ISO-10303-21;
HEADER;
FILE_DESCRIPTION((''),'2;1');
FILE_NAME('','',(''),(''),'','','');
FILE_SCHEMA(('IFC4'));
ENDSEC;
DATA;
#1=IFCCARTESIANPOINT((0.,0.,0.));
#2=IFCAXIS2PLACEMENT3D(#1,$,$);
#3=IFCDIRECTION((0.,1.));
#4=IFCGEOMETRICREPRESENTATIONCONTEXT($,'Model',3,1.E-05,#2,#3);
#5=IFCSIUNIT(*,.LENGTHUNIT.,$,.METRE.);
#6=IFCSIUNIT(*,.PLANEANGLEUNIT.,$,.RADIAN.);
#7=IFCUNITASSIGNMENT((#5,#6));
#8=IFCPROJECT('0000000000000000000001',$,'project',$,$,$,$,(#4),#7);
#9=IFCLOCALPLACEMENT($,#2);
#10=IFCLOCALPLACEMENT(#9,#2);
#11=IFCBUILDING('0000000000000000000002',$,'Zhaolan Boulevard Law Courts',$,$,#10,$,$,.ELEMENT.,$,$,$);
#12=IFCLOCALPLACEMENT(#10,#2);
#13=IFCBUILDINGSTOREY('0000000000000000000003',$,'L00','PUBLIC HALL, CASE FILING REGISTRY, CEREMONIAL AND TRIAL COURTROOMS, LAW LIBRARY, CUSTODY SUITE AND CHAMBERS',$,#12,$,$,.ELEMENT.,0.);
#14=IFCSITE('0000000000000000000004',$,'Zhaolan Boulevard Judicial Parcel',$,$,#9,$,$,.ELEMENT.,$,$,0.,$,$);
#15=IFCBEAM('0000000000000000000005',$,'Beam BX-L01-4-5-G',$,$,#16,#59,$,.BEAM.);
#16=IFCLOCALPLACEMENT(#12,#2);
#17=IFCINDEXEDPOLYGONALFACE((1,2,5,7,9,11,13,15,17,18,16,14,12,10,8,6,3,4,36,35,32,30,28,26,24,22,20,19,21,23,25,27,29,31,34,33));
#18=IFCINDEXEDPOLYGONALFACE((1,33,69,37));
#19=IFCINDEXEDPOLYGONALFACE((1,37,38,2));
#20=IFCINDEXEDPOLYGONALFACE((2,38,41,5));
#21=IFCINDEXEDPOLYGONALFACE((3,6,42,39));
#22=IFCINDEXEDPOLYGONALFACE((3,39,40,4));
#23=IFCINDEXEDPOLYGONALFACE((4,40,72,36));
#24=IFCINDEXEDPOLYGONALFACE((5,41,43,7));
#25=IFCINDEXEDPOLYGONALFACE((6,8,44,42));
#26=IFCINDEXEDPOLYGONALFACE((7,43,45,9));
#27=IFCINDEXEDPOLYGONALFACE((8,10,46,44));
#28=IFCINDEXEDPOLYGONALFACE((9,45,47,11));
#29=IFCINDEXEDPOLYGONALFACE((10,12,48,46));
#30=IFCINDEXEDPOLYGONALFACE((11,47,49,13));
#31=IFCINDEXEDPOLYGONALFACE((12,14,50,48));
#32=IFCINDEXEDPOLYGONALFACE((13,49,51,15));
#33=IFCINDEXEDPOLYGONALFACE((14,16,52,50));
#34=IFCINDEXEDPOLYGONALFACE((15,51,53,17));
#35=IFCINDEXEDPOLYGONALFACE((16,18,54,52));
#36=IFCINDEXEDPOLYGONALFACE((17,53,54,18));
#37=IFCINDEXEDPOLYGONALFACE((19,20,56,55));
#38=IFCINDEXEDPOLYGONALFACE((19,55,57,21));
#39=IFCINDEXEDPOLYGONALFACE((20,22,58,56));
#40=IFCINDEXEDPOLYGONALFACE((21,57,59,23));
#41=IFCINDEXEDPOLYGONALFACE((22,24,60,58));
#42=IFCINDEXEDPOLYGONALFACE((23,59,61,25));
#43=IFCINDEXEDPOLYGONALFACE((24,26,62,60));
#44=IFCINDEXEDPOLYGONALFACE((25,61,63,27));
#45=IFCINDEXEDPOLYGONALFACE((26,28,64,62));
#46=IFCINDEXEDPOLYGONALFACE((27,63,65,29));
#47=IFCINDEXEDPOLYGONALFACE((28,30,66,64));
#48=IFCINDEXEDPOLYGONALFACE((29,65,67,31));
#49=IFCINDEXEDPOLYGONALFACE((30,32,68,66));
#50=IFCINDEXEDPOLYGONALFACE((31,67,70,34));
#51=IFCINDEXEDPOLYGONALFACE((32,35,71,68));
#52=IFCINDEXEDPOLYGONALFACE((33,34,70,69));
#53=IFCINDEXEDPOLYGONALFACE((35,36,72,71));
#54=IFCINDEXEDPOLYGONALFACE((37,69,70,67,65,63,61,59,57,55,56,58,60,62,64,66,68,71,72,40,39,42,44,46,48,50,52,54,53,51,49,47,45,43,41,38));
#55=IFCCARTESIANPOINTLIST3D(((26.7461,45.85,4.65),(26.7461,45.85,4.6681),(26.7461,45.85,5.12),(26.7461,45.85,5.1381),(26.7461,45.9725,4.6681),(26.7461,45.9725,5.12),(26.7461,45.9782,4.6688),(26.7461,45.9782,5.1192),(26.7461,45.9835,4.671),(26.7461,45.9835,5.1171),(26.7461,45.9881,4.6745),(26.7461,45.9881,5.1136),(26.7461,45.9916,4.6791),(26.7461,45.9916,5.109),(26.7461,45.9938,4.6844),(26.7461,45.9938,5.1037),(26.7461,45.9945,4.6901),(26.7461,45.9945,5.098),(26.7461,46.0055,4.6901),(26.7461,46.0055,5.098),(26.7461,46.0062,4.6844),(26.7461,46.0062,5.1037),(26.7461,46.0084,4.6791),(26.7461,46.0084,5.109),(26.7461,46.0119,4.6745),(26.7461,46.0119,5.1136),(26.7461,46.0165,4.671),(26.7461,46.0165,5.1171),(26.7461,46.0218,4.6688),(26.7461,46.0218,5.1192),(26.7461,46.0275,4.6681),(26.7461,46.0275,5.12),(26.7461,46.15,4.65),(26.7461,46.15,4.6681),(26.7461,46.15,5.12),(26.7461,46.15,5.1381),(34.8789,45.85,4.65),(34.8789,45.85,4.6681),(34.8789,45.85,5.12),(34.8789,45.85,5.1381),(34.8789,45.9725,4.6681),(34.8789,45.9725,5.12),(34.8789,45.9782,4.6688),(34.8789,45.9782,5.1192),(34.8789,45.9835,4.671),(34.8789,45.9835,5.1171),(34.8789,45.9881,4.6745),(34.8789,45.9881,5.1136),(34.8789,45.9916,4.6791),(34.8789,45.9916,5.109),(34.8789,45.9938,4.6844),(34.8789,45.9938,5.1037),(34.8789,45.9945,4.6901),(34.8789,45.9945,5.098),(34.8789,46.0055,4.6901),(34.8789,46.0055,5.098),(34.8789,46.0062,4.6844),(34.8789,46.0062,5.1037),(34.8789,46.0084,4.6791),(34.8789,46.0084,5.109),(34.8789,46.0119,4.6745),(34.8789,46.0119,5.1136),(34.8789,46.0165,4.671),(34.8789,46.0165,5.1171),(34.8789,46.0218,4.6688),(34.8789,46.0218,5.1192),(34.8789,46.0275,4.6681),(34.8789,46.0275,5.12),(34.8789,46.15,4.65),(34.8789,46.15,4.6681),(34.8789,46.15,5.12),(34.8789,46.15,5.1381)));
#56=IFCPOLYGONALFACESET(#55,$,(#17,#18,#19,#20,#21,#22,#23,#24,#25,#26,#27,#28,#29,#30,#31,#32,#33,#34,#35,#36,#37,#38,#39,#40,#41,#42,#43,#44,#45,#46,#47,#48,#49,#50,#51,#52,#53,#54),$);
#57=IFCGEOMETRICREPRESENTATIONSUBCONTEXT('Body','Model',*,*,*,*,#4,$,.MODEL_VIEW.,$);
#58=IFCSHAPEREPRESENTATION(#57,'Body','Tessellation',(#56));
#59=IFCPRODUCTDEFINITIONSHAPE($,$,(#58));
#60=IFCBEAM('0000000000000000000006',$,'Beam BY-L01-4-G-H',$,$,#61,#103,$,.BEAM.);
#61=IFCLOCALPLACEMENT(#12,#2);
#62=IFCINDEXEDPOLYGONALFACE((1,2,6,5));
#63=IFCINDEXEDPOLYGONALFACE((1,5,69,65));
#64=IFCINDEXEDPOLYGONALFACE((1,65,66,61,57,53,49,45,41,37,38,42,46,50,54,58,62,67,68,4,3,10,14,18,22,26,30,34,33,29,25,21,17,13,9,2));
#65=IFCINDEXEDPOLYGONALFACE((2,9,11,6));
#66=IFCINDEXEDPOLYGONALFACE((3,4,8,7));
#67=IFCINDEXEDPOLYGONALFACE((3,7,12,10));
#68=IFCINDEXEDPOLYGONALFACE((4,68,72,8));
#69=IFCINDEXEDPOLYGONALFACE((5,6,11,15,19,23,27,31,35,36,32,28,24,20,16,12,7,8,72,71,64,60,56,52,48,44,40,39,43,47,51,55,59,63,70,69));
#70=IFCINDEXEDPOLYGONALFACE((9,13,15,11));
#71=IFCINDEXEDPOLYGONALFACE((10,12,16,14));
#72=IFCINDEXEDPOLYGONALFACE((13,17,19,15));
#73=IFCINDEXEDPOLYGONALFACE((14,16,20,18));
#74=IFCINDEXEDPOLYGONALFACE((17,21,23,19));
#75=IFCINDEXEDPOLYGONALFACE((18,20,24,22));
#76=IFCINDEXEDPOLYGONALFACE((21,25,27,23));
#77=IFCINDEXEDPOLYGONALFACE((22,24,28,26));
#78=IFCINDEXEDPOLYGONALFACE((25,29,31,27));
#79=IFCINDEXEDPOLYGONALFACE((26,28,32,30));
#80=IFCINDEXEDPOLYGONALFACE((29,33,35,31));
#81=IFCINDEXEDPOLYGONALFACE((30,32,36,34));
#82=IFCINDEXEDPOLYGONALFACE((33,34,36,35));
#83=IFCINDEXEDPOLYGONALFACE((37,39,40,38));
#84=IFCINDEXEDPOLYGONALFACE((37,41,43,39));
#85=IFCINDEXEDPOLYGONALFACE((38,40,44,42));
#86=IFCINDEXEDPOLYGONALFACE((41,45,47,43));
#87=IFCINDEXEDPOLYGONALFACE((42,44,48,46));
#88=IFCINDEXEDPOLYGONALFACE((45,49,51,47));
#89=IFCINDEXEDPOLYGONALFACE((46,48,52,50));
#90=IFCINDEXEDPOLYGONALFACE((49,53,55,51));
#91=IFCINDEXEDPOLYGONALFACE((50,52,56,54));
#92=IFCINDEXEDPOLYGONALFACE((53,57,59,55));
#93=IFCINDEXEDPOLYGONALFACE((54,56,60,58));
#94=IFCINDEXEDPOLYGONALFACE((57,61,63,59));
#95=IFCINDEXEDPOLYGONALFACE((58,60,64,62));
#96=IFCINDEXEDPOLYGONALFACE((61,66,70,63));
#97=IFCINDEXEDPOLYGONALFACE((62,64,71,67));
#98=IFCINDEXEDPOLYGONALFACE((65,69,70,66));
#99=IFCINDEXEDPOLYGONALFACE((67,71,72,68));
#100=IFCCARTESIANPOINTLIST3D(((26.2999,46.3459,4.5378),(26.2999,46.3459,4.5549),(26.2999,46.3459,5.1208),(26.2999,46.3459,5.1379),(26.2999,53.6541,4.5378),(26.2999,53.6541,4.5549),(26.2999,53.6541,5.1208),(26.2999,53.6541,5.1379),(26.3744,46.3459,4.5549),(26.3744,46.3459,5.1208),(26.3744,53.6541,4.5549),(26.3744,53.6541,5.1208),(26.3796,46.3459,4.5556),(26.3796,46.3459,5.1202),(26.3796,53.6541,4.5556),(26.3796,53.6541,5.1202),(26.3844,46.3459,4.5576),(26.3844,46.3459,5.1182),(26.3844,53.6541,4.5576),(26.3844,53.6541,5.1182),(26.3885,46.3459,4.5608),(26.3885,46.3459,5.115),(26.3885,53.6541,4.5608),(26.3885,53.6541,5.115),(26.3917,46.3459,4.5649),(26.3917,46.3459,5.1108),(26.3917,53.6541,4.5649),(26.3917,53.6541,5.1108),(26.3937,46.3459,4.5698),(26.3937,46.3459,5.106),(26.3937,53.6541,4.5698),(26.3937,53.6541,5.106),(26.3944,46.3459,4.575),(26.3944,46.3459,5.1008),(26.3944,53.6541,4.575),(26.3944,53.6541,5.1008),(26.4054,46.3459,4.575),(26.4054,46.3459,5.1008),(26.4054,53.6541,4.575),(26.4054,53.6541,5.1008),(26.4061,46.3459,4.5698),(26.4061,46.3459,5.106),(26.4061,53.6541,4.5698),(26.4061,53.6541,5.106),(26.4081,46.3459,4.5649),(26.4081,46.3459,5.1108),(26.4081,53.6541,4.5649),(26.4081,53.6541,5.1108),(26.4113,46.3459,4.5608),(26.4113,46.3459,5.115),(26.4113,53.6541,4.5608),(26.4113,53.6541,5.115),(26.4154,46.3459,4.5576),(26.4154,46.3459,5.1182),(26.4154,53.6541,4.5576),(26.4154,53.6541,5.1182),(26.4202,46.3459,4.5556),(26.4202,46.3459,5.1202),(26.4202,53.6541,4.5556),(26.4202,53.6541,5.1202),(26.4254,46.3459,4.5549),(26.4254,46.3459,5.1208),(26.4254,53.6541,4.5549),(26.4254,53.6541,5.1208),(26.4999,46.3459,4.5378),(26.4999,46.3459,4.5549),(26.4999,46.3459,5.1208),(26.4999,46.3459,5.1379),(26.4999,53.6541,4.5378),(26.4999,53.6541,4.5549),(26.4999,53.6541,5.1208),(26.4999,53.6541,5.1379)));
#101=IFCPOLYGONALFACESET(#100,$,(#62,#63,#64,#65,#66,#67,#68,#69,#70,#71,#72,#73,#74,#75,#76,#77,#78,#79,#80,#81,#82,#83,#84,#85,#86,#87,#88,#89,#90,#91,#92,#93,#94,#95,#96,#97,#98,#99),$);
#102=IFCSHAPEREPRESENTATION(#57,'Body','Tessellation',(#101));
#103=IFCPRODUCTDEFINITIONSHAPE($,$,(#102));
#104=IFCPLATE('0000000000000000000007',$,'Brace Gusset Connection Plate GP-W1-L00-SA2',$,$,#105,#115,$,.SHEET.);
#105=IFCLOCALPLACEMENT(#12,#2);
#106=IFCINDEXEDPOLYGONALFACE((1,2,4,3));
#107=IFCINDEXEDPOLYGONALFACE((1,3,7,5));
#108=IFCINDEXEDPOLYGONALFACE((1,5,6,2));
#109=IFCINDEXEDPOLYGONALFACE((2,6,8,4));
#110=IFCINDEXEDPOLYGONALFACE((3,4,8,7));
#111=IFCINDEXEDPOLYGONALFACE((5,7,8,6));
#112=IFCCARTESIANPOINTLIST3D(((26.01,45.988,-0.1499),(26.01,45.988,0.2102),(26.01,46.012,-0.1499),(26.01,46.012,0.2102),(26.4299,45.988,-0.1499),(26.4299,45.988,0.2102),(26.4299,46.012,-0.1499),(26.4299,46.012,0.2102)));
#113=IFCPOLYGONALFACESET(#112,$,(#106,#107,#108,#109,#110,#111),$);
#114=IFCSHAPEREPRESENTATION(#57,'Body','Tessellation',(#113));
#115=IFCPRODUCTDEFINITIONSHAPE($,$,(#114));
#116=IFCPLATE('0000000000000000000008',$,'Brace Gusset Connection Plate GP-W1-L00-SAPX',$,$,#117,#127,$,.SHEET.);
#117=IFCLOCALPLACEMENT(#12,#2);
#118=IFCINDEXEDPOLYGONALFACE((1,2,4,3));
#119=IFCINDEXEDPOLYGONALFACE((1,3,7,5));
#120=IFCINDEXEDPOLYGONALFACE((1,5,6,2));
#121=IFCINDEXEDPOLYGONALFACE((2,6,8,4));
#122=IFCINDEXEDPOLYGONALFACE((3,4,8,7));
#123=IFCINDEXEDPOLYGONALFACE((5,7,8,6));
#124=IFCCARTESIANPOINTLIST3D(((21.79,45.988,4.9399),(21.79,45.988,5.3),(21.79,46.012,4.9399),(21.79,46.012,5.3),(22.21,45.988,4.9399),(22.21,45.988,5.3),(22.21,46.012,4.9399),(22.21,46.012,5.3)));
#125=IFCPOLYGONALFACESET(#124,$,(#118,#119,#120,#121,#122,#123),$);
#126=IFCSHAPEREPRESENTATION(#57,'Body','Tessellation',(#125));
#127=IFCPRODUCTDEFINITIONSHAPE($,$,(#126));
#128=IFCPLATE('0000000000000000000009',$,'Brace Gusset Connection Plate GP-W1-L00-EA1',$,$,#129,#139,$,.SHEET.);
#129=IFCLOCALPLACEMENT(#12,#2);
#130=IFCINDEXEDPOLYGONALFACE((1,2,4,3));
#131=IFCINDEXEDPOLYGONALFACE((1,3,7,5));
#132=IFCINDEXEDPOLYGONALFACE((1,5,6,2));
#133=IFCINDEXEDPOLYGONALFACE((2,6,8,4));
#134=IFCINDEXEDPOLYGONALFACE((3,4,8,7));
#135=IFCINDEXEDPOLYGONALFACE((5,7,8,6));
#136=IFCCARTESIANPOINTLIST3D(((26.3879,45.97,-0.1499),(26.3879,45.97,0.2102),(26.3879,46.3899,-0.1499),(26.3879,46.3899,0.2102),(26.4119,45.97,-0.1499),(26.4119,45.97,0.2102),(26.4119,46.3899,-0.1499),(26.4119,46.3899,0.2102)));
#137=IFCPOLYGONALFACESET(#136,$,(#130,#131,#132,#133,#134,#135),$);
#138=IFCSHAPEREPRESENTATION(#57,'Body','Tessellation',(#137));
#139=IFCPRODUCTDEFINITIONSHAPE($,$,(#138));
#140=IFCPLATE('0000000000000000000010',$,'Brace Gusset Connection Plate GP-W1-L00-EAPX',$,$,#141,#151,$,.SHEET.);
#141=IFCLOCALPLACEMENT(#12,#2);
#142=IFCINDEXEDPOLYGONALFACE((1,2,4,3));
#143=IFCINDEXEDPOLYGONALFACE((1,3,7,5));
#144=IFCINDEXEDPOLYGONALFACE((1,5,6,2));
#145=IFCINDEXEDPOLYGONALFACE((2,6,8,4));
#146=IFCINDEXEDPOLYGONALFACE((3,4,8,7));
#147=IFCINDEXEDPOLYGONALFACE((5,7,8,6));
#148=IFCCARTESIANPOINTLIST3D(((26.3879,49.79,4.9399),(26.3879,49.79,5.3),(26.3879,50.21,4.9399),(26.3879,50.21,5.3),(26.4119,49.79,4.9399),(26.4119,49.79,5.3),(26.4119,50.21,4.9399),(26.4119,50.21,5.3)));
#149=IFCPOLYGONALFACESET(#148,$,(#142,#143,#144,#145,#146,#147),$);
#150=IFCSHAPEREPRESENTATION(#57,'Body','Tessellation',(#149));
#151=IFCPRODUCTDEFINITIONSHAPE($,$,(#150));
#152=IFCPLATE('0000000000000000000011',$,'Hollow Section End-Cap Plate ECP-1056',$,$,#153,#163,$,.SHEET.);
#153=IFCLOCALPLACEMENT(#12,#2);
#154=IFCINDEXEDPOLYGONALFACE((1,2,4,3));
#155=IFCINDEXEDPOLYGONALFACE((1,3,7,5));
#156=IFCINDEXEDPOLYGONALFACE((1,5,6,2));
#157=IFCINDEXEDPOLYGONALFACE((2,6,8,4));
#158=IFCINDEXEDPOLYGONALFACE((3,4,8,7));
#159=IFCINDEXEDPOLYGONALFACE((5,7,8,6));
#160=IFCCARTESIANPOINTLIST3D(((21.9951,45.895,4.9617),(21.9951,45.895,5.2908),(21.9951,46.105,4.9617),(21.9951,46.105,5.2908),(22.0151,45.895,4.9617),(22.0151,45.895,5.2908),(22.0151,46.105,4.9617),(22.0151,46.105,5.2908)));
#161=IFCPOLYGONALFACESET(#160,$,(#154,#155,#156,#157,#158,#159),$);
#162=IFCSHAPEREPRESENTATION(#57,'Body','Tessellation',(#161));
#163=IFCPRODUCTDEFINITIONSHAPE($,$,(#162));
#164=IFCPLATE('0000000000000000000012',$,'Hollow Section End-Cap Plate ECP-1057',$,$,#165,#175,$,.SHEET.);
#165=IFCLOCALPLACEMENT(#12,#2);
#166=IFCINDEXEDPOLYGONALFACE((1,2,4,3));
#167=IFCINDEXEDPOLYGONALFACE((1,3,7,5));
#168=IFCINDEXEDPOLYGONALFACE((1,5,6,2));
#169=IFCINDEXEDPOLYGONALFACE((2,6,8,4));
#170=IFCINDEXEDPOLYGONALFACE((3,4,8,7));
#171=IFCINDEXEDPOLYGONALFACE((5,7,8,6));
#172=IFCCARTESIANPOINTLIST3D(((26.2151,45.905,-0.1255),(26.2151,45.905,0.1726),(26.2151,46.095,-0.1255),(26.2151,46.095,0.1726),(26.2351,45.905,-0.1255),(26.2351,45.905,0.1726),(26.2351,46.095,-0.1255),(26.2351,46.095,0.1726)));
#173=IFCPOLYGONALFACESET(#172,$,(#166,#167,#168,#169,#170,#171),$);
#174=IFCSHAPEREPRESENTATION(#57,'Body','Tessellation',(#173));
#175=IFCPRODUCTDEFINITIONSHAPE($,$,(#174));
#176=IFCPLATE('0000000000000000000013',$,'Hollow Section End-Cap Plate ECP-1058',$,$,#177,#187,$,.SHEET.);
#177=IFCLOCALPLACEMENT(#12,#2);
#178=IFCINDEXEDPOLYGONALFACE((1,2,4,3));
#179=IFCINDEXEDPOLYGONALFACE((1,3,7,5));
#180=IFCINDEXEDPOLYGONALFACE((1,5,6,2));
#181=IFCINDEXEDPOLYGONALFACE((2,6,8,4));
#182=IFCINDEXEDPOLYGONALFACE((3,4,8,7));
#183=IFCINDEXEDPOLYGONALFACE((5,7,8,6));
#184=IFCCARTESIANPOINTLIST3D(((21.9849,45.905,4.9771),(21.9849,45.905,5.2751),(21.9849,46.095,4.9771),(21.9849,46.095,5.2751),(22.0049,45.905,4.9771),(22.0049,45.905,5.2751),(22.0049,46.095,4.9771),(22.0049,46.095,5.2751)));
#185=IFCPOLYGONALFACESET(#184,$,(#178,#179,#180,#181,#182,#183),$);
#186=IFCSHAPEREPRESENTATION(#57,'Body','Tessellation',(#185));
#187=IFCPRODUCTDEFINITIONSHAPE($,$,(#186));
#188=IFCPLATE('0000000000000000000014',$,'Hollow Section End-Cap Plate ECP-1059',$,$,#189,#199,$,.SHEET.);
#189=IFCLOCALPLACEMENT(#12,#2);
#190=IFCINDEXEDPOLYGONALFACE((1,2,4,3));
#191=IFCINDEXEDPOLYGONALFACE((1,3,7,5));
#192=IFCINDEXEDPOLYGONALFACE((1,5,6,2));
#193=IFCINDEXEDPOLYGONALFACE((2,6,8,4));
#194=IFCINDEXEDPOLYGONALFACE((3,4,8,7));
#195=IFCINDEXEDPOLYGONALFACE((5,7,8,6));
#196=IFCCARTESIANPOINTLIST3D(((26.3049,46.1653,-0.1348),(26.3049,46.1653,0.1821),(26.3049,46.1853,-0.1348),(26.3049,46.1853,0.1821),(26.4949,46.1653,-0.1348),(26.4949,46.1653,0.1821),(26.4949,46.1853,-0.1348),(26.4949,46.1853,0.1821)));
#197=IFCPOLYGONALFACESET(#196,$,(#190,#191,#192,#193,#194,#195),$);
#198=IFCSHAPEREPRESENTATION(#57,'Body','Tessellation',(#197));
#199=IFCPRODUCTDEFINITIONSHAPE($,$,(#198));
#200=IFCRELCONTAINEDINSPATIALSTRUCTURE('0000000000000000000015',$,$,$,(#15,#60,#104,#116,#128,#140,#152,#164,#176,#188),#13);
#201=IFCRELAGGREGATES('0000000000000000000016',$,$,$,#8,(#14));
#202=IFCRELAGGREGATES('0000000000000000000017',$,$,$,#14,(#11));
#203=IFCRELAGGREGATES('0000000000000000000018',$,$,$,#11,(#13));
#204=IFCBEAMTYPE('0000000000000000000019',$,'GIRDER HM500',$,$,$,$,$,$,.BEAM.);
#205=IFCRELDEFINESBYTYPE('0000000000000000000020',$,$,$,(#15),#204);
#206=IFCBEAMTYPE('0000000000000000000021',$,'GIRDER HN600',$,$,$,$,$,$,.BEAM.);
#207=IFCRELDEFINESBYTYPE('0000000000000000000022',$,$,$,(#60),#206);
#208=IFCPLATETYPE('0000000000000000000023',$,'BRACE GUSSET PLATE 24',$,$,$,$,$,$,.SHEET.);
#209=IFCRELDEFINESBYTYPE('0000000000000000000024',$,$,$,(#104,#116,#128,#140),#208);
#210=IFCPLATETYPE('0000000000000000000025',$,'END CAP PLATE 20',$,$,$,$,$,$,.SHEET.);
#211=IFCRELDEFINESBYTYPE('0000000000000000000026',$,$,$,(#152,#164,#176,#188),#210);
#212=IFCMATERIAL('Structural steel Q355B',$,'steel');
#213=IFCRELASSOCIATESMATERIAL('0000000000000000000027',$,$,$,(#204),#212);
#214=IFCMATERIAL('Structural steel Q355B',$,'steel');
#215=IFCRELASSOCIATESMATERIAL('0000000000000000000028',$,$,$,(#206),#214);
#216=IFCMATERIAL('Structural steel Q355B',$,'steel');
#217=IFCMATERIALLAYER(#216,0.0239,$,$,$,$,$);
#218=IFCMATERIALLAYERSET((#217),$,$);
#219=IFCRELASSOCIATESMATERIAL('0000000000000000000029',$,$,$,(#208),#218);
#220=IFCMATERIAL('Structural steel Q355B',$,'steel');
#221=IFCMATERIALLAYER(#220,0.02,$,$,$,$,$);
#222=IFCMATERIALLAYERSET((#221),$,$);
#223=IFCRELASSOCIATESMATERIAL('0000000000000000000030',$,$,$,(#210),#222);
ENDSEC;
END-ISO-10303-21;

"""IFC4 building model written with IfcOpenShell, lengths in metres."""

from ifc_helpers import new_model, si_unit, direction, frame, origin, origin_2d, place, context, subcontext, project, spatial, rectangle, i_section, extrude, material, layer, layer_set, material_profile, profile_set, type_object, element, save


model = new_model("IFC4")

# Units and contexts
model_context = context("Model", 3, precision=1e-05, world=origin(), true_north=direction((0.0, 1.0)))
body_context = subcontext(model_context, "Body", "Model", "MODEL_VIEW")
ifc_project = project(units=[si_unit("LENGTHUNIT", "METRE"), si_unit("PLANEANGLEUNIT", "RADIAN")], contexts=[model_context])

# Site, building, storey
site_placement = place(None, origin())
site = spatial("IfcSite", under=ifc_project, at=site_placement, Name="Zhaolan Boulevard Judicial Parcel", CompositionType="ELEMENT", RefElevation=0.0)
building_placement = place(site_placement, origin())
building = spatial("IfcBuilding", under=site, at=building_placement, Name="Zhaolan Boulevard Law Courts", CompositionType="ELEMENT")
storey_placement = place(building_placement, origin())
storey = spatial("IfcBuildingStorey", under=building, at=storey_placement, Name="L00", Description="PUBLIC HALL, CASE FILING REGISTRY, CEREMONIAL AND TRIAL COURTROOMS, LAW LIBRARY, CUSTODY SUITE AND CHAMBERS", CompositionType="ELEMENT", Elevation=0.0)

# Beams
ifc_material_1 = material(Name="Structural steel Q355B", Category="steel")
ifc_material_profile_1 = material_profile(ifc_material_1, i_section(OverallWidth=0.3, OverallDepth=0.488, WebThickness=0.011, FlangeThickness=0.0181, FilletRadius=0.022, at=origin_2d()), Name="HM488x300")
ifc_profile_set_1 = profile_set([ifc_material_profile_1], Name="Structural steel Q355B")
beam_type_1 = type_object("IfcBeamType", Name="GIRDER HM500", PredefinedType="BEAM", material=ifc_profile_set_1)
beam_1_placement = place(storey_placement, frame((26.7461, 46.0, 4.894), z_axis=(1.0, 0.0, 0.0), x_axis=(0.0, 1.0, 0.0)))
element("IfcBeam", 1, at=beam_1_placement, inside=storey, type_object=beam_type_1, Name="Beam BX-L01-4-5-G", PredefinedType="BEAM", context=body_context, shape_type="SweptSolid", body=[
    extrude(i_section(OverallWidth=0.3, OverallDepth=0.488, WebThickness=0.011, FlangeThickness=0.0181, FilletRadius=0.022, at=origin_2d()), origin(), (0.0, 0.0, 1.0), 8.1328),
])
ifc_material_2 = material(Name="Structural steel Q355B", Category="steel")
ifc_material_profile_2 = material_profile(ifc_material_2, i_section(OverallWidth=0.2, OverallDepth=0.6001, WebThickness=0.011, FlangeThickness=0.0171, FilletRadius=0.02, at=origin_2d()), Name="HN600x200")
ifc_profile_set_2 = profile_set([ifc_material_profile_2], Name="Structural steel Q355B")
beam_type_2 = type_object("IfcBeamType", Name="GIRDER HN600", PredefinedType="BEAM", material=ifc_profile_set_2)
beam_2_placement = place(storey_placement, frame((26.3999, 46.3459, 4.8379), z_axis=(0.0, 1.0, 0.0), x_axis=(-1.0, 0.0, 0.0)))
element("IfcBeam", 2, at=beam_2_placement, inside=storey, type_object=beam_type_2, Name="Beam BY-L01-4-G-H", PredefinedType="BEAM", context=body_context, shape_type="SweptSolid", body=[
    extrude(i_section(OverallWidth=0.2, OverallDepth=0.6001, WebThickness=0.011, FlangeThickness=0.0171, FilletRadius=0.02, at=origin_2d()), origin(), (0.0, 0.0, 1.0), 7.3081),
])

# Plates
ifc_material_3 = material(Name="Structural steel Q355B", Category="steel")
ifc_layer_1 = layer(ifc_material_3, 0.0239)
ifc_layer_set_1 = layer_set([ifc_layer_1])
plate_type_1 = type_object("IfcPlateType", Name="BRACE GUSSET PLATE 24", PredefinedType="SHEET", material=ifc_layer_set_1)
for number, where, z_axis, x_axis, name in (
    (3, (26.22, 46.0, -0.1499), (0.0, 0.0, 1.0), (1.0, 0.0, 0.0), "Brace Gusset Connection Plate GP-W1-L00-SA2"),
    (4, (22.0, 46.0, 4.9399), (0.0, 0.0, 1.0), (1.0, 0.0, 0.0), "Brace Gusset Connection Plate GP-W1-L00-SAPX"),
    (5, (26.3999, 46.1799, -0.1499), (0.0, 0.0, 1.0), (0.0, 1.0, 0.0), "Brace Gusset Connection Plate GP-W1-L00-EA1"),
    (6, (26.3999, 50.0, 4.9399), (0.0, 0.0, 1.0), (0.0, 1.0, 0.0), "Brace Gusset Connection Plate GP-W1-L00-EAPX"),
):
    element("IfcPlate", number, at=place(storey_placement, frame(where, z_axis=z_axis, x_axis=x_axis)), inside=storey, type_object=plate_type_1, Name=name, PredefinedType="SHEET", context=body_context, shape_type="SweptSolid", body=[
        extrude(rectangle(XDim=0.4199, YDim=0.0239, at=origin_2d()), origin(), (0.0, 0.0, 1.0), 0.3601),
    ])
ifc_material_4 = material(Name="Structural steel Q355B", Category="steel")
ifc_layer_2 = layer(ifc_material_4, 0.02)
ifc_layer_set_2 = layer_set([ifc_layer_2])
plate_type_2 = type_object("IfcPlateType", Name="END CAP PLATE 20", PredefinedType="SHEET", material=ifc_layer_set_2)
plate_1_placement = place(storey_placement, frame((22.0051, 46.0, 4.9617), z_axis=(0.0, 0.0, 1.0), x_axis=(1.0, 0.0, 0.0)))
element("IfcPlate", 7, at=plate_1_placement, inside=storey, type_object=plate_type_2, Name="Hollow Section End-Cap Plate ECP-1056", PredefinedType="SHEET", context=body_context, shape_type="SweptSolid", body=[
    extrude(rectangle(XDim=0.02, YDim=0.21, at=origin_2d()), origin(), (0.0, 0.0, 1.0), 0.3291),
])
for number, where, z_axis, x_axis, name in (
    (8, (26.2251, 46.0, -0.1255), (0.0, 0.0, 1.0), (-1.0, 0.0, 0.0), "Hollow Section End-Cap Plate ECP-1057"),
    (9, (21.9949, 46.0, 4.9771), (0.0, 0.0, 1.0), (-1.0, 0.0, 0.0), "Hollow Section End-Cap Plate ECP-1058"),
):
    element("IfcPlate", number, at=place(storey_placement, frame(where, z_axis=z_axis, x_axis=x_axis)), inside=storey, type_object=plate_type_2, Name=name, PredefinedType="SHEET", context=body_context, shape_type="SweptSolid", body=[
        extrude(rectangle(XDim=0.02, YDim=0.1899, at=origin_2d()), origin(), (0.0, 0.0, 1.0), 0.2981),
    ])
for number, where, z_axis, x_axis, name in (
    (10, (26.3999, 46.1753, -0.1348), (0.0, 0.0, 1.0), (0.0, 1.0, 0.0), "Hollow Section End-Cap Plate ECP-1059"),
):
    element("IfcPlate", number, at=place(storey_placement, frame(where, z_axis=z_axis, x_axis=x_axis)), inside=storey, type_object=plate_type_2, Name=name, PredefinedType="SHEET", context=body_context, shape_type="SweptSolid", body=[
        extrude(rectangle(XDim=0.02, YDim=0.1899, at=origin_2d()), origin(), (0.0, 0.0, 1.0), 0.3169),
    ])

save(model, "model.ifc")
